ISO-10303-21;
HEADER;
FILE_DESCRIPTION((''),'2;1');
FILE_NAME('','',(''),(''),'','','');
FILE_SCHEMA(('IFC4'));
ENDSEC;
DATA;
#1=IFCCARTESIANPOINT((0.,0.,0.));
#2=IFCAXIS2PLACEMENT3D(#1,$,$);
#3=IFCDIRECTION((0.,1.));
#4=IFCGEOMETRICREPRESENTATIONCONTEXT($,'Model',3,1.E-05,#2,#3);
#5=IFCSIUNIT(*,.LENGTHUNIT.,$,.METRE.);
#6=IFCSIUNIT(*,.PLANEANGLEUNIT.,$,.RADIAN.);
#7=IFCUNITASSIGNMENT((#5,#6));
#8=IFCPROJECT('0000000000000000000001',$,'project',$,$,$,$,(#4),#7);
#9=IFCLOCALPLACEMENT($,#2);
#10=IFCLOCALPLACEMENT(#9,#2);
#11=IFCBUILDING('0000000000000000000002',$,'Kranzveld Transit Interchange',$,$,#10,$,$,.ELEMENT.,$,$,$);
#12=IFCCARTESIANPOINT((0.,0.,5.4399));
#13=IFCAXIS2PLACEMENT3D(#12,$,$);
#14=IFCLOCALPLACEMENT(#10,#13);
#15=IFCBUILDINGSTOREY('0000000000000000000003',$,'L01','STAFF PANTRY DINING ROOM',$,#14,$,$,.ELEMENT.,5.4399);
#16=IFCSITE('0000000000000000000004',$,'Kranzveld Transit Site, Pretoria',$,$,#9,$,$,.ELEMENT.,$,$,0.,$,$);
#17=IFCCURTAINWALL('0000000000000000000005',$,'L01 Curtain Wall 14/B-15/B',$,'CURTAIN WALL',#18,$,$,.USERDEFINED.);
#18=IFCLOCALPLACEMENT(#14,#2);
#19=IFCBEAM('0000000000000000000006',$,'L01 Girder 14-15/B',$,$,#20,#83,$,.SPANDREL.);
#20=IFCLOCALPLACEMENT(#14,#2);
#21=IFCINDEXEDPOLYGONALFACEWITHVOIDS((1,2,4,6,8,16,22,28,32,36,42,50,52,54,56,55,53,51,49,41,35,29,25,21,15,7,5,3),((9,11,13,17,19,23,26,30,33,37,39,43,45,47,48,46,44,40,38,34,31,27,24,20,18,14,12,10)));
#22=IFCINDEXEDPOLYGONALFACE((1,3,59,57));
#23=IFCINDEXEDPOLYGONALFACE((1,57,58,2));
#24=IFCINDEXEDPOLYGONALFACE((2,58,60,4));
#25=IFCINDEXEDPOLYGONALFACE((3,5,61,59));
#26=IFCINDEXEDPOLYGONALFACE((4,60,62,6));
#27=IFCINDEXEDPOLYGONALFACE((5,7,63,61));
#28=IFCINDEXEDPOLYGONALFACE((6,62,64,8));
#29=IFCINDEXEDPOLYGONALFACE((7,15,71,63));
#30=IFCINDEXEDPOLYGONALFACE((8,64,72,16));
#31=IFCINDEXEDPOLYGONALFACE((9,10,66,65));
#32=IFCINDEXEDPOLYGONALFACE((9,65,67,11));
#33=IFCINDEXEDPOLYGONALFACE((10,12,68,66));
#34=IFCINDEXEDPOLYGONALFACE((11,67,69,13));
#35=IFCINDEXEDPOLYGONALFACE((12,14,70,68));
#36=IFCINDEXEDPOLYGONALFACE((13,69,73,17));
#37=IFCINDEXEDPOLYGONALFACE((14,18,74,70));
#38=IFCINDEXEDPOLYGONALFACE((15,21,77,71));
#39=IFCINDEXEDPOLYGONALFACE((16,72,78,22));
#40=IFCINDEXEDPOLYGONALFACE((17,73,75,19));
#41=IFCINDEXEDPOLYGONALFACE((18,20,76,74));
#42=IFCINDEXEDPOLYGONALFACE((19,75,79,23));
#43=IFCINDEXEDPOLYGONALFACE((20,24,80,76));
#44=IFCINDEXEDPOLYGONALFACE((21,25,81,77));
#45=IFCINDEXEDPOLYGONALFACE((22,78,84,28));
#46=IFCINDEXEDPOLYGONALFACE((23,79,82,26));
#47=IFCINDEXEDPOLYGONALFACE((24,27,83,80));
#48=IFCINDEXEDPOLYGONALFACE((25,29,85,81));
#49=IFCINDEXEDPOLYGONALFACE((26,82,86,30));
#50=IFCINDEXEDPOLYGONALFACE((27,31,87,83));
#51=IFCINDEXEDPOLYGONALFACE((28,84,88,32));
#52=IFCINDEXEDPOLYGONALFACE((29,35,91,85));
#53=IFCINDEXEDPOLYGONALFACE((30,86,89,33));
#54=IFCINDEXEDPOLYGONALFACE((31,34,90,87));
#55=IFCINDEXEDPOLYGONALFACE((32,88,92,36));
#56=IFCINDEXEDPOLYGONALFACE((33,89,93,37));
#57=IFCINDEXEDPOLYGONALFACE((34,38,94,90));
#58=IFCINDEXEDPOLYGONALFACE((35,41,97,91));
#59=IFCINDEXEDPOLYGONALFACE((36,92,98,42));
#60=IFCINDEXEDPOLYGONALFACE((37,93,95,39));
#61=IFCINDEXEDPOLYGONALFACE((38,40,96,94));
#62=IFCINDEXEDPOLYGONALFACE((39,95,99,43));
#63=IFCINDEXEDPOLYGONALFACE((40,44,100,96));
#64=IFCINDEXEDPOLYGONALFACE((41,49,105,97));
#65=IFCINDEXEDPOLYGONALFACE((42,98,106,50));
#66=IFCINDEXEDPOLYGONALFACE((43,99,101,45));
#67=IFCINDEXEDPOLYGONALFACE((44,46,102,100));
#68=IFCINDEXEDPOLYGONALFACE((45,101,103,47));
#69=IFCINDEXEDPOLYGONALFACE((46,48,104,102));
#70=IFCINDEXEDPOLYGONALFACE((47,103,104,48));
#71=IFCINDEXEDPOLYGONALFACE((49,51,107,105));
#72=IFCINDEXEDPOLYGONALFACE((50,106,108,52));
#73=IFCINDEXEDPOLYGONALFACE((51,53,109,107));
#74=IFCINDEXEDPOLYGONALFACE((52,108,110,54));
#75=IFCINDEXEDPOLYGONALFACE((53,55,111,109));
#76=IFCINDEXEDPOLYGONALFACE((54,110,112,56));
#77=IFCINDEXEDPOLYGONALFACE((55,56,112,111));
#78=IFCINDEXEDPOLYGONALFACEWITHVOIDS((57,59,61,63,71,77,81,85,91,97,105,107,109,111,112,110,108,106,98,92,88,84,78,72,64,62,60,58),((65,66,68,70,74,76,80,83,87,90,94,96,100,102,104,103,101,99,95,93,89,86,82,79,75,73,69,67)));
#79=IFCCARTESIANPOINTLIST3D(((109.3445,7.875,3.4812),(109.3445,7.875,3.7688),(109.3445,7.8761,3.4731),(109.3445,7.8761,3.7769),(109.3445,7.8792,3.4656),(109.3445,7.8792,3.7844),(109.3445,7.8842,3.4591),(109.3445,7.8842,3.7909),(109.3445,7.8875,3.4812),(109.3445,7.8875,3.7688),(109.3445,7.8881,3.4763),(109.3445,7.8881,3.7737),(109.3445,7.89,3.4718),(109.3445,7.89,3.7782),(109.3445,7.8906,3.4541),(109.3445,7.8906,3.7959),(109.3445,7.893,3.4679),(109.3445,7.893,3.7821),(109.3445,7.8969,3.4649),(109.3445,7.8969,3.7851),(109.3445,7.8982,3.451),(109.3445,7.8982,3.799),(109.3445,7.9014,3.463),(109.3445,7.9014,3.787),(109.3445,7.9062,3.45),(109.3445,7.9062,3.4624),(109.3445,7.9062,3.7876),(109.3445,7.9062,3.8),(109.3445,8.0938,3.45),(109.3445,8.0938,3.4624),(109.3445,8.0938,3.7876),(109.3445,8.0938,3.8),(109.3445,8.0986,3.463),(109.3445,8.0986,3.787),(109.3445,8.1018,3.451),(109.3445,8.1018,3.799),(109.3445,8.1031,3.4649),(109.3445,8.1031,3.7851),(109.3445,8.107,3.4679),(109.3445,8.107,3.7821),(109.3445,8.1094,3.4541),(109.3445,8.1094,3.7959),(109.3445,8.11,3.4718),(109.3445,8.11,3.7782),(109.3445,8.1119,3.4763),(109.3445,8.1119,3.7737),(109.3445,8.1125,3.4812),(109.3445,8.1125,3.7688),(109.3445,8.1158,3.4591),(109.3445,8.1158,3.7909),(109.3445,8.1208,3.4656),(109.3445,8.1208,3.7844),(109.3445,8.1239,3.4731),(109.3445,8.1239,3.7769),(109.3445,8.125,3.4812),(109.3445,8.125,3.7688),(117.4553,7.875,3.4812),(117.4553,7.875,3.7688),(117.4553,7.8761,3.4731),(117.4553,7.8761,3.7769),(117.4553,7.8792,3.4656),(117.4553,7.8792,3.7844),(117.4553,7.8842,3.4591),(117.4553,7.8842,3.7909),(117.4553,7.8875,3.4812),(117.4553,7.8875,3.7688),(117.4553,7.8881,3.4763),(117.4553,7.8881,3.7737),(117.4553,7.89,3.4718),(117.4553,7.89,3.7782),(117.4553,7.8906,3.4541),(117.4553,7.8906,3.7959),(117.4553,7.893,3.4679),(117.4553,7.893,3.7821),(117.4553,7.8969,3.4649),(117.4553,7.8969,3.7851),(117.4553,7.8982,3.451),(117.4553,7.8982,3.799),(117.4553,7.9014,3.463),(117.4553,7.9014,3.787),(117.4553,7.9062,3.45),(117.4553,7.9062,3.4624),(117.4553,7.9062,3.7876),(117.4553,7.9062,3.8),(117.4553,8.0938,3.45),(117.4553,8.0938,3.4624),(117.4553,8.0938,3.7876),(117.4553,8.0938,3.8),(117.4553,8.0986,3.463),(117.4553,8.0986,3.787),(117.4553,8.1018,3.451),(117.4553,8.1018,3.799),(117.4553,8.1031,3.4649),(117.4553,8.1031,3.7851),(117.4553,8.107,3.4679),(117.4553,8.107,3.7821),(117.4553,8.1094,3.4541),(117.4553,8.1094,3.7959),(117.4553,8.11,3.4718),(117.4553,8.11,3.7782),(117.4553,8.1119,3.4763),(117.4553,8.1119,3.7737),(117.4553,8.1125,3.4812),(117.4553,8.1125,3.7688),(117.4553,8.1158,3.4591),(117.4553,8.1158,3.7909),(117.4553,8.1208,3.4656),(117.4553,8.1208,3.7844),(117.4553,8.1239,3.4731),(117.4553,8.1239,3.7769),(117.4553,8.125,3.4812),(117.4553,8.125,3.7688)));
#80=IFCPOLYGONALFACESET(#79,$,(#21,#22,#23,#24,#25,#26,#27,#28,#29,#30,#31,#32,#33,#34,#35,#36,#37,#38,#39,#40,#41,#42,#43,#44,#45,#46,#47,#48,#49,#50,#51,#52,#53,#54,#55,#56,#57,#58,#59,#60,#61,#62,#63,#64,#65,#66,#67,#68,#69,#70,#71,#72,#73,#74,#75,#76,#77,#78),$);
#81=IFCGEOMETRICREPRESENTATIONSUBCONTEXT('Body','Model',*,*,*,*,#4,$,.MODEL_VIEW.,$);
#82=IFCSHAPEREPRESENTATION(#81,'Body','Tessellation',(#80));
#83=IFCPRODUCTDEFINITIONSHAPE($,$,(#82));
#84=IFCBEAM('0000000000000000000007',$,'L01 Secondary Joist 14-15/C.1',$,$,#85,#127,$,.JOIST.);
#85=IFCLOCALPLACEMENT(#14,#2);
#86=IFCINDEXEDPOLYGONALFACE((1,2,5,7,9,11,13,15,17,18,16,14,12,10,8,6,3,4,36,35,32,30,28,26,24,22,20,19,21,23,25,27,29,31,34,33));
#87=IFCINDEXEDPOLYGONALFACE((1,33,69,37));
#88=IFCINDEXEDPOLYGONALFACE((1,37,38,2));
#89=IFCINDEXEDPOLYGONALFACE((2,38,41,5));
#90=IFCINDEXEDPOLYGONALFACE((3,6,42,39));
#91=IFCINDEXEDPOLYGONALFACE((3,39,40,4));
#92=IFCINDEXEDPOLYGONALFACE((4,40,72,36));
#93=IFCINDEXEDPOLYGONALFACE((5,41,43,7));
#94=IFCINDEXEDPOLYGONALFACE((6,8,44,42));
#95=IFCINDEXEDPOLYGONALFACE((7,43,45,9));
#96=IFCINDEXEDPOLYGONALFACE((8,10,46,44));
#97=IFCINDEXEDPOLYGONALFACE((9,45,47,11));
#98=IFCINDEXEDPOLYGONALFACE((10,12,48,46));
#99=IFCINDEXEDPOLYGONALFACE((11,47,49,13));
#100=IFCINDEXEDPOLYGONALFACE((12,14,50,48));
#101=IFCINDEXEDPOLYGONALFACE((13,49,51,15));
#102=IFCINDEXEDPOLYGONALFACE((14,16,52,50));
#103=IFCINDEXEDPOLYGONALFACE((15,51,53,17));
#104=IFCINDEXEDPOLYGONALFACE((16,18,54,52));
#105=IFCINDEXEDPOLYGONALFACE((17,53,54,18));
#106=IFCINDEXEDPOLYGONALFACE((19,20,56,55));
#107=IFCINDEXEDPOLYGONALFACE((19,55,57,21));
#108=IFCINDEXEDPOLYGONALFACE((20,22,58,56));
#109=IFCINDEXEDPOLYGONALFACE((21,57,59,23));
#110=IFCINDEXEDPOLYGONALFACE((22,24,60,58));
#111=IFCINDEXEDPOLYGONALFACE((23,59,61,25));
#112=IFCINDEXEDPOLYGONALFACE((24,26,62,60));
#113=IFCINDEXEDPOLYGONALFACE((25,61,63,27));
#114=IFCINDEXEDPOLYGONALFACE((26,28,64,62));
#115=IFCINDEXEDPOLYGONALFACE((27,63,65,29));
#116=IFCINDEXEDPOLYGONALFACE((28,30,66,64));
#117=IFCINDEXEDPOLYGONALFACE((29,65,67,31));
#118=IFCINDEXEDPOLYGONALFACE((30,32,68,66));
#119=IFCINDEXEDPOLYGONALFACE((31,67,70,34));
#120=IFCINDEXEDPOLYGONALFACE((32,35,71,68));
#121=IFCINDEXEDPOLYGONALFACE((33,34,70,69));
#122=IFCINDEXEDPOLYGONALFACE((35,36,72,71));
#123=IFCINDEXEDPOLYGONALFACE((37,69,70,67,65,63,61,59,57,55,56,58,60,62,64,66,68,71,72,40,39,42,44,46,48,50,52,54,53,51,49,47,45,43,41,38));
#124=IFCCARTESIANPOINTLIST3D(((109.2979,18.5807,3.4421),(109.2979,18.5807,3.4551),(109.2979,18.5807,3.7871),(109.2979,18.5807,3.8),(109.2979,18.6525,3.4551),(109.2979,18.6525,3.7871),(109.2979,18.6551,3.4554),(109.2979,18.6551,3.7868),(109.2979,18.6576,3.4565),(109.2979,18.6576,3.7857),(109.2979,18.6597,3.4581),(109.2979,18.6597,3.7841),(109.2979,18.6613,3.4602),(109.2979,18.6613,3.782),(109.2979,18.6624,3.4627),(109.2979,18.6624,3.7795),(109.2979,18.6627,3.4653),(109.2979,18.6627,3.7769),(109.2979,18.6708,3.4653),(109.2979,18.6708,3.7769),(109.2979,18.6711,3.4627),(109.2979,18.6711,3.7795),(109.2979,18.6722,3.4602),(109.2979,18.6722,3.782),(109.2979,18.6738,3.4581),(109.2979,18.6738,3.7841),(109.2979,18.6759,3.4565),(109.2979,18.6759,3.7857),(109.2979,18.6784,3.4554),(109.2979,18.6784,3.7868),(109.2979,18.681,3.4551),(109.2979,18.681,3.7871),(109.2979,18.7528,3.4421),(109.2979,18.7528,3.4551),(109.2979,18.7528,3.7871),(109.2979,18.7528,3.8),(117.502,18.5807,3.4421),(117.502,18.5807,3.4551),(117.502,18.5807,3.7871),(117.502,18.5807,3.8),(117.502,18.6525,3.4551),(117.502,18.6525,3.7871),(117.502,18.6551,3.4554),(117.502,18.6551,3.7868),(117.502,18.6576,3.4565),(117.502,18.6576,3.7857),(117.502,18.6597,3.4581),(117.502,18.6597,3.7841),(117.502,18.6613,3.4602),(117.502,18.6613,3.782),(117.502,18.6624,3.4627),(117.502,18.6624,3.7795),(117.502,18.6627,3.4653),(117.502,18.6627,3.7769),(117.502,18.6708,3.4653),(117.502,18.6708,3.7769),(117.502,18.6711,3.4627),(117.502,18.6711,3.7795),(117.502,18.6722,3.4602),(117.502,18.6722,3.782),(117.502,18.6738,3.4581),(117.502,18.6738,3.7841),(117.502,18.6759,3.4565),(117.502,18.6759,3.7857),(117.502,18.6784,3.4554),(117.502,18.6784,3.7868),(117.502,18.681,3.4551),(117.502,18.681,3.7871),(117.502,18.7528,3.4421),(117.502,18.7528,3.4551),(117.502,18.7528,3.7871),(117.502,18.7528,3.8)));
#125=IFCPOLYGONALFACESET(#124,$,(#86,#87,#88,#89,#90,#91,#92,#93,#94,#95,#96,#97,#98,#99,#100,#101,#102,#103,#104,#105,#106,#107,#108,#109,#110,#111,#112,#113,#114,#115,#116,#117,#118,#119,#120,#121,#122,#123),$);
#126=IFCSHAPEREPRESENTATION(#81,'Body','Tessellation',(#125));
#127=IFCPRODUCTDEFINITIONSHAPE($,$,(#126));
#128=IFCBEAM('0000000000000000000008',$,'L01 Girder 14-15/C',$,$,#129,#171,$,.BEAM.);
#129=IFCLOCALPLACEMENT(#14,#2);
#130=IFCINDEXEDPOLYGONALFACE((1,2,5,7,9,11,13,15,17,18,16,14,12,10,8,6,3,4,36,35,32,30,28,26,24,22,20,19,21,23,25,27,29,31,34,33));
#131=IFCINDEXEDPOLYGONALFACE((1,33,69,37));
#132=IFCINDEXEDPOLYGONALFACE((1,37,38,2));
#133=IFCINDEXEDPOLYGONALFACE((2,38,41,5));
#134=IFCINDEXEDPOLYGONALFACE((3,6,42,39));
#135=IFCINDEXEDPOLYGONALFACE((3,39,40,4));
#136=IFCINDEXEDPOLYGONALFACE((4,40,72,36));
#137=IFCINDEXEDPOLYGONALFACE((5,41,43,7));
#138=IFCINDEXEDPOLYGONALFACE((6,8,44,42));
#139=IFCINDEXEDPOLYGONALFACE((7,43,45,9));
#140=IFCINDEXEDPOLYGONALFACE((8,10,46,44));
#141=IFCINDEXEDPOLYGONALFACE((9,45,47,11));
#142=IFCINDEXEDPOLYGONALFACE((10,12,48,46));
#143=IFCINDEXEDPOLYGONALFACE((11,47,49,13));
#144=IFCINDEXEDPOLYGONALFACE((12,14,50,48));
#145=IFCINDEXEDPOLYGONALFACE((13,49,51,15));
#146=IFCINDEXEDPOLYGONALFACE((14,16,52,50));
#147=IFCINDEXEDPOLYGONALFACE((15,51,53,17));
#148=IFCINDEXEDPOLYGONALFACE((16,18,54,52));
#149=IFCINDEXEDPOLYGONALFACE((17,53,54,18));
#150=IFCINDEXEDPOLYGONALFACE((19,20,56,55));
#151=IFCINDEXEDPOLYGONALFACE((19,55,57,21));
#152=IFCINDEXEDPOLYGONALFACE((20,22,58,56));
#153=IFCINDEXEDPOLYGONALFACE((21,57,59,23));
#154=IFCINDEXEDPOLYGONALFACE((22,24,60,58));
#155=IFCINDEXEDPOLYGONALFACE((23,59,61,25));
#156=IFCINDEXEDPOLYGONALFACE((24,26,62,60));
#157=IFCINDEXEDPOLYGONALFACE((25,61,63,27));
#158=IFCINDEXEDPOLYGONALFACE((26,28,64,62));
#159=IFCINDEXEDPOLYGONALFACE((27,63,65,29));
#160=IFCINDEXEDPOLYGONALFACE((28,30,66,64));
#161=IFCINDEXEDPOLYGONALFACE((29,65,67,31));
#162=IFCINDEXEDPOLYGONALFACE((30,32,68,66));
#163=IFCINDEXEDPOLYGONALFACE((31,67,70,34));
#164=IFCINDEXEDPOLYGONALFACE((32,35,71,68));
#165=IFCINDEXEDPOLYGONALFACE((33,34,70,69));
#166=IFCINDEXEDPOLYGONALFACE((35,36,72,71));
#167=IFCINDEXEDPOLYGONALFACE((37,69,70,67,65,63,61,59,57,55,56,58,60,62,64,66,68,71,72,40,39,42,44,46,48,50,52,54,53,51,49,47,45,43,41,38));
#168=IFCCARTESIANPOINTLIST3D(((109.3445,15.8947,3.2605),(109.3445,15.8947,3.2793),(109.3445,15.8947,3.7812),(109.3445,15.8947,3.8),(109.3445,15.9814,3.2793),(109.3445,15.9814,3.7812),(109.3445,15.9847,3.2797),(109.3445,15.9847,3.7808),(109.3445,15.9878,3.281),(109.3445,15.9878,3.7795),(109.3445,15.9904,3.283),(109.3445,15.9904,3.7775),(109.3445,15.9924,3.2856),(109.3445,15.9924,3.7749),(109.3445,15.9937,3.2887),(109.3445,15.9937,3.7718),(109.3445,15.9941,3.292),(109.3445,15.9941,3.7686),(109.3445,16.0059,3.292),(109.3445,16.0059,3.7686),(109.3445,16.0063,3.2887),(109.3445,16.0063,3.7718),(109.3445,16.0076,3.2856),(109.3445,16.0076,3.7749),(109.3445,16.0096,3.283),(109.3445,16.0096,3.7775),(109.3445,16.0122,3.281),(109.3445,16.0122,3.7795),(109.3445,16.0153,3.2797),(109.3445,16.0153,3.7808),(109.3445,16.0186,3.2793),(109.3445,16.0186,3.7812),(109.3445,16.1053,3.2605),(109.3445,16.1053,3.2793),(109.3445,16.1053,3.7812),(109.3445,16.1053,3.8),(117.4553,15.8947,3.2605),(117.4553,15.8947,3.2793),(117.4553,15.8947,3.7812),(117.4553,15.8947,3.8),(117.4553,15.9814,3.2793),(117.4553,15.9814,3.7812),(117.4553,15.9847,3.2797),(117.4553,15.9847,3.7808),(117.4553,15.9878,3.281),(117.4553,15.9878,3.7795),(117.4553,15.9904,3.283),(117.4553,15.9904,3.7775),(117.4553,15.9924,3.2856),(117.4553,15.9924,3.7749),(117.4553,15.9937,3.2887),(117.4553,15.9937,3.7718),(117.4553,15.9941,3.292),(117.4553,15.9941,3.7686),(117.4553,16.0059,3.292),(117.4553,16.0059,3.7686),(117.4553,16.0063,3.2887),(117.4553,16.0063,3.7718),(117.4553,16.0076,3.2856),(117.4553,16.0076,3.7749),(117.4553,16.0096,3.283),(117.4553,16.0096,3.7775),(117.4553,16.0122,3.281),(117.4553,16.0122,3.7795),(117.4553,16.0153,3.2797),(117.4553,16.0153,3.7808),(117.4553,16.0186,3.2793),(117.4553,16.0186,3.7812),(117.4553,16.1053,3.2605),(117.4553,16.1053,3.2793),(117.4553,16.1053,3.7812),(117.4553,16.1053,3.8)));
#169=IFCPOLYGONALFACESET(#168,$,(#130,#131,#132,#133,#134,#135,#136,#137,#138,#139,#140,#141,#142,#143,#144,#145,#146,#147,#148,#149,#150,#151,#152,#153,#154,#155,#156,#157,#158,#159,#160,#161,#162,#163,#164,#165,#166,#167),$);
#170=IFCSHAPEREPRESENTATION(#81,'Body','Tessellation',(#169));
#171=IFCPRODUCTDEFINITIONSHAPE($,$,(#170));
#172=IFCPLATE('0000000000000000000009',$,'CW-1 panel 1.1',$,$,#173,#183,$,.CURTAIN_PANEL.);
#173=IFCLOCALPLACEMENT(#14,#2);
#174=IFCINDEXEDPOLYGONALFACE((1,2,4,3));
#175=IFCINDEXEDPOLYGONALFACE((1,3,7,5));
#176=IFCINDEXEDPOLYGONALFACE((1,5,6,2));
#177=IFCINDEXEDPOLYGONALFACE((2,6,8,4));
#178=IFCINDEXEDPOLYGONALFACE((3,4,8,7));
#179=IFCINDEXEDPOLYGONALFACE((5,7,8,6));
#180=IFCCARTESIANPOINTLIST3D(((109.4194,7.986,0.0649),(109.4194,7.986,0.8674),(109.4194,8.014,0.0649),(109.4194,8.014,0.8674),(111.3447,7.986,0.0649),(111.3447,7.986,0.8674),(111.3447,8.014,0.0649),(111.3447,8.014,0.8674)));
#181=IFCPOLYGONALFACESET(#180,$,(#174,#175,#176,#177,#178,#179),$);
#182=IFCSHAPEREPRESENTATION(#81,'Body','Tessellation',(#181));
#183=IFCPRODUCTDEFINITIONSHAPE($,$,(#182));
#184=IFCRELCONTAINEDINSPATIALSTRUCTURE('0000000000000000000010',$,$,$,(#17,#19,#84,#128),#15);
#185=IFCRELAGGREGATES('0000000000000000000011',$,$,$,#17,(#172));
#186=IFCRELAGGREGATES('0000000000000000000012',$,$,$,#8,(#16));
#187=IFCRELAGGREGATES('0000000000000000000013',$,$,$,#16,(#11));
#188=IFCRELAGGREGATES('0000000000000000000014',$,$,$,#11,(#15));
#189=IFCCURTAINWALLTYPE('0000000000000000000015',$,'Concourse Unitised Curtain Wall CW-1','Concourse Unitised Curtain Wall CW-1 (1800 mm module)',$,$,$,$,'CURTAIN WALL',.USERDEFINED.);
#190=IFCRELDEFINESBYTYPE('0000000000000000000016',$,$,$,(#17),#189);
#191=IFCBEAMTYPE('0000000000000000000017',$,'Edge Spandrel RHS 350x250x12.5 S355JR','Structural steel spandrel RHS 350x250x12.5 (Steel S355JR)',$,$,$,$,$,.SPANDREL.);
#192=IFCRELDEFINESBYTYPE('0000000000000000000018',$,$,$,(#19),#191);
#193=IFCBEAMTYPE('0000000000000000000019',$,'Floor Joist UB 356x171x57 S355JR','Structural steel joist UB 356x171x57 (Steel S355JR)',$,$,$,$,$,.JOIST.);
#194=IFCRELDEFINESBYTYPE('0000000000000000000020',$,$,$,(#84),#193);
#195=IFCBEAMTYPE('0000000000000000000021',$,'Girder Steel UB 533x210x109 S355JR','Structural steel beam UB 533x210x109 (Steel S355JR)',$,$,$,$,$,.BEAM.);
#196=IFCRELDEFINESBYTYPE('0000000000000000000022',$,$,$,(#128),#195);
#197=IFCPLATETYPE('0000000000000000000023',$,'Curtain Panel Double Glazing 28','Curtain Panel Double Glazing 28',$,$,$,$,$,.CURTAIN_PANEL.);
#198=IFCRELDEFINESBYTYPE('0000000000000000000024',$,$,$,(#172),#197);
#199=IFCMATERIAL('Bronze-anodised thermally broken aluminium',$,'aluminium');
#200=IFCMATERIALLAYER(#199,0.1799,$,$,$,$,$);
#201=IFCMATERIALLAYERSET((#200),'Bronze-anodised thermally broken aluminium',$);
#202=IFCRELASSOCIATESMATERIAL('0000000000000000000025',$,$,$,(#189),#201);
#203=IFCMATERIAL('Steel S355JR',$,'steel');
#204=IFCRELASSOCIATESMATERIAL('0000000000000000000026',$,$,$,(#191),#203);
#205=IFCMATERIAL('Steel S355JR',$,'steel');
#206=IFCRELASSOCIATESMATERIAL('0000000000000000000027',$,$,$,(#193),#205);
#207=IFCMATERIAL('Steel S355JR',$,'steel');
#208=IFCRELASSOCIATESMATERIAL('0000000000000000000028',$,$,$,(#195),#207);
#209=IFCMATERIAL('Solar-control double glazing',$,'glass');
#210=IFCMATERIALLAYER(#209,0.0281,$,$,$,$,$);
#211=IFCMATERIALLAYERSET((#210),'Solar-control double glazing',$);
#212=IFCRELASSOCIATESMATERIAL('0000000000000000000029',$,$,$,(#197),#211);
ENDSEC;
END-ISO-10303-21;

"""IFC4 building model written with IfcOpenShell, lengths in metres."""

from ifc_helpers import new_model, si_unit, direction, frame, origin, origin_2d, place, context, subcontext, project, spatial, rectangle, hollow_rectangle, i_section, extrude, material, layer, layer_set, material_profile, profile_set, type_object, element, aggregate, save


model = new_model("IFC4")

# Units and contexts
model_context = context("Model", 3, precision=1e-05, world=origin(), true_north=direction((0.0, 1.0)))
body_context = subcontext(model_context, "Body", "Model", "MODEL_VIEW")
ifc_project = project(units=[si_unit("LENGTHUNIT", "METRE"), si_unit("PLANEANGLEUNIT", "RADIAN")], contexts=[model_context])

# Site, building, storey
site_placement = place(None, origin())
site = spatial("IfcSite", under=ifc_project, at=site_placement, Name="Kranzveld Transit Site, Pretoria", CompositionType="ELEMENT", RefElevation=0.0)
building_placement = place(site_placement, origin())
building = spatial("IfcBuilding", under=site, at=building_placement, Name="Kranzveld Transit Interchange", CompositionType="ELEMENT")
storey_placement = place(building_placement, frame((0.0, 0.0, 5.4399)))
storey = spatial("IfcBuildingStorey", under=building, at=storey_placement, Name="L01", Description="STAFF PANTRY DINING ROOM", CompositionType="ELEMENT", Elevation=5.4399)

# Curtain wall
ifc_material_1 = material(Name="Bronze-anodised thermally broken aluminium", Category="aluminium")
ifc_layer_1 = layer(ifc_material_1, 0.1799)
ifc_layer_set_1 = layer_set([ifc_layer_1], Name="Bronze-anodised thermally broken aluminium")
curtain_wall_type = type_object("IfcCurtainWallType", Name="Concourse Unitised Curtain Wall CW-1", Description="Concourse Unitised Curtain Wall CW-1 (1800 mm module)", ElementType="CURTAIN WALL", PredefinedType="USERDEFINED", material=ifc_layer_set_1)
curtain_wall_placement = place(storey_placement, origin())
curtain_wall = element("IfcCurtainWall", 1, at=curtain_wall_placement, inside=storey, type_object=curtain_wall_type, Name="L01 Curtain Wall 14/B-15/B", ObjectType="CURTAIN WALL", PredefinedType="USERDEFINED")

# Beams
ifc_material_2 = material(Name="Steel S355JR", Category="steel")
ifc_material_profile_1 = material_profile(ifc_material_2, hollow_rectangle(XDim=0.25, YDim=0.3501, WallThickness=0.0125, InnerFilletRadius=0.0188, OuterFilletRadius=0.0312, at=origin_2d()), Name="RHS 350x250x12.5")
ifc_profile_set_1 = profile_set([ifc_material_profile_1], Name="Steel S355JR")
beam_type_1 = type_object("IfcBeamType", Name="Edge Spandrel RHS 350x250x12.5 S355JR", Description="Structural steel spandrel RHS 350x250x12.5 (Steel S355JR)", PredefinedType="SPANDREL", material=ifc_profile_set_1)
beam_1_placement = place(storey_placement, frame((109.3445, 8.0, 3.625), z_axis=(1.0, 0.0, 0.0), x_axis=(0.0, 1.0, 0.0)))
element("IfcBeam", 2, at=beam_1_placement, inside=storey, type_object=beam_type_1, Name="L01 Girder 14-15/B", PredefinedType="SPANDREL", context=body_context, shape_type="SweptSolid", body=[
    extrude(hollow_rectangle(XDim=0.25, YDim=0.3501, WallThickness=0.0125, InnerFilletRadius=0.0188, OuterFilletRadius=0.0312, at=origin_2d()), origin(), (0.0, 0.0, 1.0), 8.1108),
])
ifc_material_3 = material(Name="Steel S355JR", Category="steel")
ifc_material_profile_2 = material_profile(ifc_material_3, i_section(OverallWidth=0.1721, OverallDepth=0.3579, WebThickness=0.0081, FlangeThickness=0.0129, FilletRadius=0.0103, at=origin_2d()), Name="UB 356x171x57")
ifc_profile_set_2 = profile_set([ifc_material_profile_2], Name="Steel S355JR")
beam_type_2 = type_object("IfcBeamType", Name="Floor Joist UB 356x171x57 S355JR", Description="Structural steel joist UB 356x171x57 (Steel S355JR)", PredefinedType="JOIST", material=ifc_profile_set_2)
beam_2_placement = place(storey_placement, frame((109.2979, 18.6667, 3.6211), z_axis=(1.0, 0.0, 0.0), x_axis=(0.0, 1.0, 0.0)))
element("IfcBeam", 3, at=beam_2_placement, inside=storey, type_object=beam_type_2, Name="L01 Secondary Joist 14-15/C.1", PredefinedType="JOIST", context=body_context, shape_type="SweptSolid", body=[
    extrude(i_section(OverallWidth=0.1721, OverallDepth=0.3579, WebThickness=0.0081, FlangeThickness=0.0129, FilletRadius=0.0103, at=origin_2d()), origin(), (0.0, 0.0, 1.0), 8.2041),
])
ifc_material_4 = material(Name="Steel S355JR", Category="steel")
ifc_material_profile_3 = material_profile(ifc_material_4, i_section(OverallWidth=0.2107, OverallDepth=0.5396, WebThickness=0.0117, FlangeThickness=0.0188, FilletRadius=0.0127, at=origin_2d()), Name="UB 533x210x109")
ifc_profile_set_3 = profile_set([ifc_material_profile_3], Name="Steel S355JR")
beam_type_3 = type_object("IfcBeamType", Name="Girder Steel UB 533x210x109 S355JR", Description="Structural steel beam UB 533x210x109 (Steel S355JR)", PredefinedType="BEAM", material=ifc_profile_set_3)
beam_3_placement = place(storey_placement, frame((109.3445, 16.0, 3.5303), z_axis=(1.0, 0.0, 0.0), x_axis=(0.0, 1.0, 0.0)))
element("IfcBeam", 4, at=beam_3_placement, inside=storey, type_object=beam_type_3, Name="L01 Girder 14-15/C", PredefinedType="BEAM", context=body_context, shape_type="SweptSolid", body=[
    extrude(i_section(OverallWidth=0.2107, OverallDepth=0.5396, WebThickness=0.0117, FlangeThickness=0.0188, FilletRadius=0.0127, at=origin_2d()), origin(), (0.0, 0.0, 1.0), 8.1108),
])

# Plate
ifc_material_5 = material(Name="Solar-control double glazing", Category="glass")
ifc_layer_2 = layer(ifc_material_5, 0.0281)
ifc_layer_set_2 = layer_set([ifc_layer_2], Name="Solar-control double glazing")
plate_type = type_object("IfcPlateType", Name="Curtain Panel Double Glazing 28", Description="Curtain Panel Double Glazing 28", PredefinedType="CURTAIN_PANEL", material=ifc_layer_set_2)
plate_1_placement = place(storey_placement, frame((110.3821, 8.0, 0.0649), z_axis=(0.0, 0.0, 1.0), x_axis=(1.0, 0.0, 0.0)))
plate_1 = element("IfcPlate", 5, at=plate_1_placement, type_object=plate_type, Name="CW-1 panel 1.1", PredefinedType="CURTAIN_PANEL", context=body_context, shape_type="SweptSolid", body=[
    extrude(rectangle(XDim=1.9253, YDim=0.0281, at=origin_2d()), origin(), (0.0, 0.0, 1.0), 0.8025),
])
aggregate(curtain_wall, [plate_1])

save(model, "model.ifc")
